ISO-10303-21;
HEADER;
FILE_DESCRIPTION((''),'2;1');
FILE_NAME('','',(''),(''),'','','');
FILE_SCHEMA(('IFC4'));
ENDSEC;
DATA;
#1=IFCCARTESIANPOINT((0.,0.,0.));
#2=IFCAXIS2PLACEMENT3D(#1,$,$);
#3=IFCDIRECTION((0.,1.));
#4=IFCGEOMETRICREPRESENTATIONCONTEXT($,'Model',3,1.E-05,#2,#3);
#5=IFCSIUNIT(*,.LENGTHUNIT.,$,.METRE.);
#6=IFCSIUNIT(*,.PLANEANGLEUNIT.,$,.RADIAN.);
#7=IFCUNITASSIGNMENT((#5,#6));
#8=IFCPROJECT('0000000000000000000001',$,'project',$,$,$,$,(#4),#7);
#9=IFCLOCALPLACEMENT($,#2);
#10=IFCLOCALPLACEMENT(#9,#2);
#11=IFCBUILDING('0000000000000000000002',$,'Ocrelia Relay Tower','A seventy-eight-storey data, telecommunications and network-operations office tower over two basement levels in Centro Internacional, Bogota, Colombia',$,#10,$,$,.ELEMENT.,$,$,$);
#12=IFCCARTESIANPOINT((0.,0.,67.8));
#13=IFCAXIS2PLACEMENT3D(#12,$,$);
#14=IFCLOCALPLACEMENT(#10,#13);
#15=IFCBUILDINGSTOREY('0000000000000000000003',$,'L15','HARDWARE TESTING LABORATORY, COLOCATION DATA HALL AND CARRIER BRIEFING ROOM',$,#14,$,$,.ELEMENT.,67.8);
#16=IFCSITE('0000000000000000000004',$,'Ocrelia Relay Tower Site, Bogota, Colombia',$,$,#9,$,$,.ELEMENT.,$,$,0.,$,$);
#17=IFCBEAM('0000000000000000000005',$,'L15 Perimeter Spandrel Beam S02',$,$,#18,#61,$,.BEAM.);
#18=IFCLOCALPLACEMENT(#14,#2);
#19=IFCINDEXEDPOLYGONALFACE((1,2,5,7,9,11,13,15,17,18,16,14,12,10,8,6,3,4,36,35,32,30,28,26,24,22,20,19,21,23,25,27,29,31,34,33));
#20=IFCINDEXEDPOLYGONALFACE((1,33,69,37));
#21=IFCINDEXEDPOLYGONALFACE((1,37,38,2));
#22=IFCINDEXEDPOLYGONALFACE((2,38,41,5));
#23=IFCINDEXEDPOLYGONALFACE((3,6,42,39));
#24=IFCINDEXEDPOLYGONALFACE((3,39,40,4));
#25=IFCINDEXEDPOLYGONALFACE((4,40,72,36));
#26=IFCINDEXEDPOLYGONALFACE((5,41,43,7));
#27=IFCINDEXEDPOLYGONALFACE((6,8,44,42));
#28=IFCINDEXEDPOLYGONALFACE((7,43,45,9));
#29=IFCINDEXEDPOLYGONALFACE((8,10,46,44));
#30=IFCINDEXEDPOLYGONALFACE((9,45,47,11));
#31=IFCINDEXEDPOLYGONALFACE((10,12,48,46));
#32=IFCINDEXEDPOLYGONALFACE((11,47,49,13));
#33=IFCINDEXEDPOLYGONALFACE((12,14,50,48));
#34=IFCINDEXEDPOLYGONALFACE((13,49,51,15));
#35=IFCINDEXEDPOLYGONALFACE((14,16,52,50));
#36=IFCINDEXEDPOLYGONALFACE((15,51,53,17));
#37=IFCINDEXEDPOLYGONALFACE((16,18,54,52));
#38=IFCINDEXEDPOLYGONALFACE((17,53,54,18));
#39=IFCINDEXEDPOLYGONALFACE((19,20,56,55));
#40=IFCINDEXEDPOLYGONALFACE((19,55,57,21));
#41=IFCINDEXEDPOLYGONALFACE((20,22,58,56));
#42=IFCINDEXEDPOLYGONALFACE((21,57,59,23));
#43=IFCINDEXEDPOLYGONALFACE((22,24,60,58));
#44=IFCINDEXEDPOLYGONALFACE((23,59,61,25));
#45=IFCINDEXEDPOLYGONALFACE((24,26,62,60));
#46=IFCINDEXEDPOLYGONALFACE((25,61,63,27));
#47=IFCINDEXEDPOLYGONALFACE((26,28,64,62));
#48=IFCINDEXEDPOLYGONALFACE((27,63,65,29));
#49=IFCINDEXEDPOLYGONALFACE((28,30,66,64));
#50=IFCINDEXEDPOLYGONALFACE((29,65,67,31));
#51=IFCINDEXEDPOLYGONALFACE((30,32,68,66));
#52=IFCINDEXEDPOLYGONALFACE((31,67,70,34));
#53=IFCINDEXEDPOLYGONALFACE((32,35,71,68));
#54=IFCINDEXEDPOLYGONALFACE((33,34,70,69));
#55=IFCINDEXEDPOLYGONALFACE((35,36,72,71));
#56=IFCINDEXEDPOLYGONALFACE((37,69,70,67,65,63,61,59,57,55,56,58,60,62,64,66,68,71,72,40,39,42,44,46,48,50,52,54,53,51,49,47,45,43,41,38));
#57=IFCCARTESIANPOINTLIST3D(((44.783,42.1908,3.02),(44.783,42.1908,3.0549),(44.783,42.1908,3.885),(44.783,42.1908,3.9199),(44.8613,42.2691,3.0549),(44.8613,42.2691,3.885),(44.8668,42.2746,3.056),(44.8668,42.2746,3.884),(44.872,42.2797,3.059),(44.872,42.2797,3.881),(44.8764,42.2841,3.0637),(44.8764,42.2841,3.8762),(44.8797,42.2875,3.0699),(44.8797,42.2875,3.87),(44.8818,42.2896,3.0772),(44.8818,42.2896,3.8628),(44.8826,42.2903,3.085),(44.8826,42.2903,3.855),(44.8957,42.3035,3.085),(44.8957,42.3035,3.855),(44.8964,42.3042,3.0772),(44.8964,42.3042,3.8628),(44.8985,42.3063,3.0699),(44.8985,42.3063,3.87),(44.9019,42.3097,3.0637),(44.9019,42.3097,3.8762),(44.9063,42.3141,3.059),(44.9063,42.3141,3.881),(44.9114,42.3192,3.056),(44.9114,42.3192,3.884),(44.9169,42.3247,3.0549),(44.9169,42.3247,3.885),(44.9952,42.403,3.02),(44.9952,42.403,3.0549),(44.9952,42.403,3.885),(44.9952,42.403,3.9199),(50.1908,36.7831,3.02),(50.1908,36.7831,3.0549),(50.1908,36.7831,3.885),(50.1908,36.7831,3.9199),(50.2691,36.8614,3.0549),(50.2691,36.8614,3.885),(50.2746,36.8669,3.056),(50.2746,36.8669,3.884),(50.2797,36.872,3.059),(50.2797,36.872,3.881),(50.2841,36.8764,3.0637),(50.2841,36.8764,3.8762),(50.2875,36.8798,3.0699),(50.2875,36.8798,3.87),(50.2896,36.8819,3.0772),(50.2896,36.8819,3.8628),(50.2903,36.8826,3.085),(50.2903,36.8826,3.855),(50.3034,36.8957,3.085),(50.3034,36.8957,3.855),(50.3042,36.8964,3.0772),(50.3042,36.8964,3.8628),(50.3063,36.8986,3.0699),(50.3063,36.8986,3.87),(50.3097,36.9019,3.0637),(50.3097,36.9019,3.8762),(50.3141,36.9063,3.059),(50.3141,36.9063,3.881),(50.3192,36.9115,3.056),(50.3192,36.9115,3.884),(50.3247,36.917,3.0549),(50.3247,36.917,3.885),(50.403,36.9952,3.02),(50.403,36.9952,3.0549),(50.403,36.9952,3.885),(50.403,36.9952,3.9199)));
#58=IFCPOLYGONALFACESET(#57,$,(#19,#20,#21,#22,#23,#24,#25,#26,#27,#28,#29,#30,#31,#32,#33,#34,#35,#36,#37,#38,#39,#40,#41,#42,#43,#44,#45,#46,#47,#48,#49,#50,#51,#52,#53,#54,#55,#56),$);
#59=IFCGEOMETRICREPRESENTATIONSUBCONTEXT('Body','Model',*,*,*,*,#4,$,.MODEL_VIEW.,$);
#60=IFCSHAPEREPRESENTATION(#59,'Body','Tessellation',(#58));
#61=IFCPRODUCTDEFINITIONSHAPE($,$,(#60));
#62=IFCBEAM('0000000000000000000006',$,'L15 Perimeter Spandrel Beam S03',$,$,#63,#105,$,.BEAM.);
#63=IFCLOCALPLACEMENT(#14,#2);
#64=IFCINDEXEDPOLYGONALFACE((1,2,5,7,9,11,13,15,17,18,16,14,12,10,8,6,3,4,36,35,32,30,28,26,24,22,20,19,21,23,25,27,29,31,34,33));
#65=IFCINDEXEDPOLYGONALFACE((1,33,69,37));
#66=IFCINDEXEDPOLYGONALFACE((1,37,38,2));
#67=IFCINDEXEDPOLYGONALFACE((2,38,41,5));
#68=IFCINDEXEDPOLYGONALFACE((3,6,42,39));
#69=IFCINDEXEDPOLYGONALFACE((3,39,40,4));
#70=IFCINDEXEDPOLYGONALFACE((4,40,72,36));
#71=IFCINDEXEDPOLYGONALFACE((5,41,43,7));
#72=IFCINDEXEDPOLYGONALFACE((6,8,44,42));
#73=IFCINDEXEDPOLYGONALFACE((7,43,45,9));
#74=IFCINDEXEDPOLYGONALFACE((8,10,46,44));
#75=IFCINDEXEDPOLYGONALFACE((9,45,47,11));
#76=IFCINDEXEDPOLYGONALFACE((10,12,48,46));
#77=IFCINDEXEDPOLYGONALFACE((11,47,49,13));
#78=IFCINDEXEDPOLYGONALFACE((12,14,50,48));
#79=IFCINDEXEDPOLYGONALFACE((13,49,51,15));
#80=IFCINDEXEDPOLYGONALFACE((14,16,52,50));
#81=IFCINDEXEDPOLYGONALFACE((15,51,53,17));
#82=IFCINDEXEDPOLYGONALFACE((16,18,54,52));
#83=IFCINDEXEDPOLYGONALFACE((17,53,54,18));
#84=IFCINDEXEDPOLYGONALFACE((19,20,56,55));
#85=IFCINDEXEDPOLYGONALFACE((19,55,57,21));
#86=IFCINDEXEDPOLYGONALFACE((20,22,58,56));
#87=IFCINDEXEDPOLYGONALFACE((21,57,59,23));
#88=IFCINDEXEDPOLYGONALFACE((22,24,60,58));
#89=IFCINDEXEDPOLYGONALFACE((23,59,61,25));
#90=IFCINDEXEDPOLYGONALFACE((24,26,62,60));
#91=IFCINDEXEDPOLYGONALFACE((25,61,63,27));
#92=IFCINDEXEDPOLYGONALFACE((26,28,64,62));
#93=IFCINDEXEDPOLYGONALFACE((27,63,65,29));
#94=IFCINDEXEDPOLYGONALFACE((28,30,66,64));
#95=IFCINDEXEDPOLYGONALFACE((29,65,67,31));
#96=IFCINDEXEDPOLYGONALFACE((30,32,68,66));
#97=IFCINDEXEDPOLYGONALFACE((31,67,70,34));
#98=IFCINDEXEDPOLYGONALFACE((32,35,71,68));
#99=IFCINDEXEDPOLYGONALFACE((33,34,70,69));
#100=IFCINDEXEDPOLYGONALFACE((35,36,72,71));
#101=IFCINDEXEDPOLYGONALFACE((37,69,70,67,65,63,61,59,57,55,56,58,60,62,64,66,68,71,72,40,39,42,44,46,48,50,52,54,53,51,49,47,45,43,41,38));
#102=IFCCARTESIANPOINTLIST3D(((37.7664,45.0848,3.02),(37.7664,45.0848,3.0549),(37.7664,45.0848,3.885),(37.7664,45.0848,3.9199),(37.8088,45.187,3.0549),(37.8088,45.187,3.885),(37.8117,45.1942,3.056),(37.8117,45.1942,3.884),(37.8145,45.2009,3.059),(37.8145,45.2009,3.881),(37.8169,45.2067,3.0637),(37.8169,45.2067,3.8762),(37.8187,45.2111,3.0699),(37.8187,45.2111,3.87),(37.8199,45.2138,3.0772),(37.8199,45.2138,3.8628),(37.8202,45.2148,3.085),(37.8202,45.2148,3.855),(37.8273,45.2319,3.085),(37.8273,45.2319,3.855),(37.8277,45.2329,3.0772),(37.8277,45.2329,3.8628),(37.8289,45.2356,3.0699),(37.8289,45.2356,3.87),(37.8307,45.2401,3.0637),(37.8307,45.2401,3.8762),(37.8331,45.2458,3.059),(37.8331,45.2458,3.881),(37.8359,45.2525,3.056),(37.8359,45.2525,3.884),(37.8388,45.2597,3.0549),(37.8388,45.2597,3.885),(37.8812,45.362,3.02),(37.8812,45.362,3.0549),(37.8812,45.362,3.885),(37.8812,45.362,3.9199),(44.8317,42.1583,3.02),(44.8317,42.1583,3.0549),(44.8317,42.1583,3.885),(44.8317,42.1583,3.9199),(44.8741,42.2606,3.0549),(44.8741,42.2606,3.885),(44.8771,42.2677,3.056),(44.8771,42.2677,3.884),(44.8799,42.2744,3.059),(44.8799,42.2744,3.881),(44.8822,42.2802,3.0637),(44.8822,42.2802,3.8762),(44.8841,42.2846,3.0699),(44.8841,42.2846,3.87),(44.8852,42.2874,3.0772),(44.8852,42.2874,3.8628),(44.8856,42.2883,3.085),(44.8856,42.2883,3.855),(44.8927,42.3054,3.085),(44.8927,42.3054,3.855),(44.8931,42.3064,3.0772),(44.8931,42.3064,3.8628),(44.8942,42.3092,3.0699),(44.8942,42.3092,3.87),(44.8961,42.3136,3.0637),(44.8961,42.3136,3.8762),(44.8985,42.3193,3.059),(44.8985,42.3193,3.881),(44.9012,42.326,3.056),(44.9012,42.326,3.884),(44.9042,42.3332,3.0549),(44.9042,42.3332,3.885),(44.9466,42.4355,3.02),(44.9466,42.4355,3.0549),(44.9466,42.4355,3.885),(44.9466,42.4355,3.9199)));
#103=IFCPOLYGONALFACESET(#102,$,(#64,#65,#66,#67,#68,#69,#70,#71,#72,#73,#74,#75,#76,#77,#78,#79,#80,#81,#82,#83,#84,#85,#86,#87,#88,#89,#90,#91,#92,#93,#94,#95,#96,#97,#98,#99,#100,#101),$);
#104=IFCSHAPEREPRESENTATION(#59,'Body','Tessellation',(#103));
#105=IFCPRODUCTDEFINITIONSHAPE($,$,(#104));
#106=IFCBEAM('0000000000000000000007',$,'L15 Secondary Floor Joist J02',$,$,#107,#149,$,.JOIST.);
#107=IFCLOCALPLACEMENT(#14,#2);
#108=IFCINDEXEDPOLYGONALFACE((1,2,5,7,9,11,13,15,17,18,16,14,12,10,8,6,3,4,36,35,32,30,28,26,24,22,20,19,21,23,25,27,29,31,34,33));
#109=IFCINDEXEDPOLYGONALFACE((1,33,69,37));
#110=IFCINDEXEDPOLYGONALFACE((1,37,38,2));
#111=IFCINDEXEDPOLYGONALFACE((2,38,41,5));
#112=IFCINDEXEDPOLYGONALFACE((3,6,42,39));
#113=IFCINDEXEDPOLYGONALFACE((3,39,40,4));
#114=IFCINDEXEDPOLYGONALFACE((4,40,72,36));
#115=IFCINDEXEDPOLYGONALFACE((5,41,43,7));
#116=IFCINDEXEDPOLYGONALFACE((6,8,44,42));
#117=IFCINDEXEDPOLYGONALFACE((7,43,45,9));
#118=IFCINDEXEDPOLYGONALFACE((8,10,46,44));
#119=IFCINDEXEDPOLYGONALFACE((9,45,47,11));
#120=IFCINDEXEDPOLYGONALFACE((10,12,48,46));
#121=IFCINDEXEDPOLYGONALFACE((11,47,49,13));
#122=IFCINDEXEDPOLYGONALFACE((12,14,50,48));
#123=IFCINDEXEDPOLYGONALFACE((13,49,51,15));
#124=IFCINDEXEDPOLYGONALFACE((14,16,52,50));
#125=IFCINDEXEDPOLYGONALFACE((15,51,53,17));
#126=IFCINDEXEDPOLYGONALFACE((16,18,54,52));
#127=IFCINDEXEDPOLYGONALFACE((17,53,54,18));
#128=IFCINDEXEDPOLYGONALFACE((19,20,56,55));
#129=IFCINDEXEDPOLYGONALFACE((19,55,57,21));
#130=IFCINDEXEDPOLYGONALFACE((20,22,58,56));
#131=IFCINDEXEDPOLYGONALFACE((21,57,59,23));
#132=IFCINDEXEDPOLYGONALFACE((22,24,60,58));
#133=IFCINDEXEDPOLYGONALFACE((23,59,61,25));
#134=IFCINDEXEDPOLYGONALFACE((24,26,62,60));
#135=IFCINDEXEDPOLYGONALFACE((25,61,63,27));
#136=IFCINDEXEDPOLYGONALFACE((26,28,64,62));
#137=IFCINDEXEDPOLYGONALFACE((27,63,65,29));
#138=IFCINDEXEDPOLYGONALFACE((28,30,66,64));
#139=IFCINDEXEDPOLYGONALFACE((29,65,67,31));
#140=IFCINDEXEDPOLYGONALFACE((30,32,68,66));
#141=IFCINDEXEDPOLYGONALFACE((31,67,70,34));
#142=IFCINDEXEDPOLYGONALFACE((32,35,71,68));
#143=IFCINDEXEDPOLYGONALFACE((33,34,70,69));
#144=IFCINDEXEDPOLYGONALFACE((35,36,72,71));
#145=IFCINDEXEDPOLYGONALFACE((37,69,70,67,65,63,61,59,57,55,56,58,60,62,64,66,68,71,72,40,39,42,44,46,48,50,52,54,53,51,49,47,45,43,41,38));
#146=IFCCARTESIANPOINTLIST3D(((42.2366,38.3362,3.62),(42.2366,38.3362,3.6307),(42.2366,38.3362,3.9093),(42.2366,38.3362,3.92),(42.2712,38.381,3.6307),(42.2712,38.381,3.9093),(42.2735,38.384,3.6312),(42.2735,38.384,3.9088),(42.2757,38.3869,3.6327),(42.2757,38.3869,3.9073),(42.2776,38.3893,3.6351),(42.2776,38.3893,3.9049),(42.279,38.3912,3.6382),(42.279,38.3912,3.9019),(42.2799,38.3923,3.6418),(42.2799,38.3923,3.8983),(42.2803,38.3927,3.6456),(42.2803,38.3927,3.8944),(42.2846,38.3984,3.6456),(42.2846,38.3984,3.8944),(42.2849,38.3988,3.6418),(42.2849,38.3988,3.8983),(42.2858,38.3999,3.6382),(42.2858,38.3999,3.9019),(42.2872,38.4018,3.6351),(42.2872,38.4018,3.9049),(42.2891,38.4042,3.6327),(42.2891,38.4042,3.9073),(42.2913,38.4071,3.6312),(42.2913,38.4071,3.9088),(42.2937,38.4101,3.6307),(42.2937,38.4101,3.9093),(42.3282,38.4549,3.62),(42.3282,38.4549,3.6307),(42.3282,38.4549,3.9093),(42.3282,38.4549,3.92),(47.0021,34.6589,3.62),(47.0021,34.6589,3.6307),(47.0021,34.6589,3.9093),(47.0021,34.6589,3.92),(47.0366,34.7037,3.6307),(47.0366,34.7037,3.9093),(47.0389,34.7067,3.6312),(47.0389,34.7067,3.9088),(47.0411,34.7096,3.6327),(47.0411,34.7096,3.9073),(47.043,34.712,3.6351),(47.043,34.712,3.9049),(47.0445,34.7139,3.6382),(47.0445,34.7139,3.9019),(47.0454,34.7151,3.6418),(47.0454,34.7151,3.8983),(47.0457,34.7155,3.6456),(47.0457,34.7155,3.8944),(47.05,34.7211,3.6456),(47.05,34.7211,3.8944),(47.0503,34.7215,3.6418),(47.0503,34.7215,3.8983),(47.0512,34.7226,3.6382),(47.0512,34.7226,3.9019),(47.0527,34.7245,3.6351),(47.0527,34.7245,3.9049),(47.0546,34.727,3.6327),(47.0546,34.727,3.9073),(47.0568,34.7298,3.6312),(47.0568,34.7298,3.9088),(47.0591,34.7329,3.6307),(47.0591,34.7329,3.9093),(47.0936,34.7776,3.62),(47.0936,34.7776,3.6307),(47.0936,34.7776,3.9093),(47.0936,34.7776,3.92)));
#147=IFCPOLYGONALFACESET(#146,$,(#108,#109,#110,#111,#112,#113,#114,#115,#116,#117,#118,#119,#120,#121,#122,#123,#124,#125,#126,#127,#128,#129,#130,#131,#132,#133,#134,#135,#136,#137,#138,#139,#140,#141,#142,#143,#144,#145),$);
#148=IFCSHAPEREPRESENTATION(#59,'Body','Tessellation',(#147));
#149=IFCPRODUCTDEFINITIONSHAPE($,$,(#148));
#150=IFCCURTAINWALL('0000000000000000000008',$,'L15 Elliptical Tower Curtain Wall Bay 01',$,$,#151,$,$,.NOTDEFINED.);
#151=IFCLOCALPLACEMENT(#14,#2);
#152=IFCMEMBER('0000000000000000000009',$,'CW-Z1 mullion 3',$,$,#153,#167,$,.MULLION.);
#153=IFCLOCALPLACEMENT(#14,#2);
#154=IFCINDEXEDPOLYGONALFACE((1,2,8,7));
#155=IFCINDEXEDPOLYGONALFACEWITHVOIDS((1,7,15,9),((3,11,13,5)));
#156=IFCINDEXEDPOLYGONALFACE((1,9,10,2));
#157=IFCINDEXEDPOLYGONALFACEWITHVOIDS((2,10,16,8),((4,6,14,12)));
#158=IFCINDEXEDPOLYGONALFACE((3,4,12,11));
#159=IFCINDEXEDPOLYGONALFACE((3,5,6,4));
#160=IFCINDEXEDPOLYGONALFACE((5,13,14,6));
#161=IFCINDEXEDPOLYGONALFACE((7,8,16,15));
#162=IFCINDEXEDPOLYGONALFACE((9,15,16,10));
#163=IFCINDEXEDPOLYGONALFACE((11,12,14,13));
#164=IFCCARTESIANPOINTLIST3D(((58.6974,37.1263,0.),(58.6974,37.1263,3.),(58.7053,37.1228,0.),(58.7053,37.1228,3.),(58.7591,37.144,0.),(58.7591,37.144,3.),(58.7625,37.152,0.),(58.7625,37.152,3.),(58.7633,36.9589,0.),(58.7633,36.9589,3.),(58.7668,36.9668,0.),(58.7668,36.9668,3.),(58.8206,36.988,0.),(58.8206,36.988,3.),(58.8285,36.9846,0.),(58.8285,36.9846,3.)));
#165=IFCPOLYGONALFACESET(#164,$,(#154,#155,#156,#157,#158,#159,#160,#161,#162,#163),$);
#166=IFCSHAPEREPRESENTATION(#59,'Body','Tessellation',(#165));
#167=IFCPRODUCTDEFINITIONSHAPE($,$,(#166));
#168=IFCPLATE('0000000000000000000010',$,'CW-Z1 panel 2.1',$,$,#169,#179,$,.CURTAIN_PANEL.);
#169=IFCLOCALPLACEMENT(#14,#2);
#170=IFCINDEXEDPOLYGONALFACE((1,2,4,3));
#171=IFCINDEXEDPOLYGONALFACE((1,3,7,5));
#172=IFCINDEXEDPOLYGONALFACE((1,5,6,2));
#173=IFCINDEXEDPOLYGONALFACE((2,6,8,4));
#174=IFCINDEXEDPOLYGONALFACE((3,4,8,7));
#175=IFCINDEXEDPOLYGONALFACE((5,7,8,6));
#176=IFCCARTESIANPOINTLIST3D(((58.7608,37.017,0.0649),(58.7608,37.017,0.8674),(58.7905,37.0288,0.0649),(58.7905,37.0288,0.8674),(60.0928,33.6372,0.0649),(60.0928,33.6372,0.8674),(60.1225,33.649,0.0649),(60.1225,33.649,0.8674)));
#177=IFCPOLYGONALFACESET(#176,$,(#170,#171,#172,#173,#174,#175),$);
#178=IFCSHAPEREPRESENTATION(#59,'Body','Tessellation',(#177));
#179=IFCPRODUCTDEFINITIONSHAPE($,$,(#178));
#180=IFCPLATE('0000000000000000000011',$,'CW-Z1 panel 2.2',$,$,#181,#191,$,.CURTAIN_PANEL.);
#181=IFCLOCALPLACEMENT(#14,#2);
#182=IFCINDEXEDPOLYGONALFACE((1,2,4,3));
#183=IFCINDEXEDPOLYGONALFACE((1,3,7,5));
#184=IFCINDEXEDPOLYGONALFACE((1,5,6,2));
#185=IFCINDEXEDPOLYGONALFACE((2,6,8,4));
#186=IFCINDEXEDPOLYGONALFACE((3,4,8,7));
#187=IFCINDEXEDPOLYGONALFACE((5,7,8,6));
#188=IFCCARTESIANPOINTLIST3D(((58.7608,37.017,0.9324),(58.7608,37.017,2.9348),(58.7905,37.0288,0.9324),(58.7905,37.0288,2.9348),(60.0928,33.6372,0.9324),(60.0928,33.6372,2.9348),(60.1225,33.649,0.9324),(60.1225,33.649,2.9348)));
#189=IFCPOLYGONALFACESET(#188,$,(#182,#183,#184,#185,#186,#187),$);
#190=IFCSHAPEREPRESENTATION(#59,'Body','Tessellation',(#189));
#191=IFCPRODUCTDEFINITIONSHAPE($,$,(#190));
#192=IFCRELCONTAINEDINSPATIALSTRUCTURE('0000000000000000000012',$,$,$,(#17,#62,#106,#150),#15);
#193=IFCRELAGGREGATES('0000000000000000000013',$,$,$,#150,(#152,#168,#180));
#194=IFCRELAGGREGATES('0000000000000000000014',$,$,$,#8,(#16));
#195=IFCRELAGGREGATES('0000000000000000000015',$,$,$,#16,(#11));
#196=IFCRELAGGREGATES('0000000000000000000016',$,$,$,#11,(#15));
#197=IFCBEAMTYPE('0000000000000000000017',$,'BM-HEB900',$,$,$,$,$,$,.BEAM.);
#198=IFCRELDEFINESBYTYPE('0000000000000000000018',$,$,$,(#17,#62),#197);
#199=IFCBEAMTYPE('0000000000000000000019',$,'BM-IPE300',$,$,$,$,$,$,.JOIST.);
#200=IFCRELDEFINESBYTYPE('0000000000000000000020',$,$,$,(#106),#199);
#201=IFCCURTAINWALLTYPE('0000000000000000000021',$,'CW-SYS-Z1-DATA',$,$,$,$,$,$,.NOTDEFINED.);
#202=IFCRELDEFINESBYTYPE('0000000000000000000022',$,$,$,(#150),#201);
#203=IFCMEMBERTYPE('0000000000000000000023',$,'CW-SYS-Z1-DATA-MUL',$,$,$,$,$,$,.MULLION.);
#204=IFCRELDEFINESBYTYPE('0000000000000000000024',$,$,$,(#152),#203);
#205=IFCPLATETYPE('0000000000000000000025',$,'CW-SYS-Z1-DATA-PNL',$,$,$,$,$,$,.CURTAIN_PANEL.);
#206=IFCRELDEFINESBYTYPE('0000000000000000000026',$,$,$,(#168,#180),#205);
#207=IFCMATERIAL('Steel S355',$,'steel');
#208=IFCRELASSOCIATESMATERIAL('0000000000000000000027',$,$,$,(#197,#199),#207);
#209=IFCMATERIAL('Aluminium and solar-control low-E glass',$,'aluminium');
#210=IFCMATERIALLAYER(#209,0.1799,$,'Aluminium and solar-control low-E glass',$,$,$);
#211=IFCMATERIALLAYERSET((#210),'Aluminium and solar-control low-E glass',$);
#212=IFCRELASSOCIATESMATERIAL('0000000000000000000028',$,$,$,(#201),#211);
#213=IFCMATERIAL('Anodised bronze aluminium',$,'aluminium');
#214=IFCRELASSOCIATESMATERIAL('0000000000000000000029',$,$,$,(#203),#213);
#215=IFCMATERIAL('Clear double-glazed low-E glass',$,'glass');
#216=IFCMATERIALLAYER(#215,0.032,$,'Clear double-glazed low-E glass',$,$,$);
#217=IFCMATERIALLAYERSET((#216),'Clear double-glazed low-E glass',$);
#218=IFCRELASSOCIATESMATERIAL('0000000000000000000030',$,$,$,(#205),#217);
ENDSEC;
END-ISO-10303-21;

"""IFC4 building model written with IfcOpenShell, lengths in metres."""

from ifc_helpers import new_model, si_unit, direction, frame, origin, origin_2d, place, context, subcontext, project, spatial, rectangle, hollow_rectangle, i_section, extrude, material, layer, layer_set, material_profile, profile_set, type_object, element, aggregate, save


model = new_model("IFC4")

# Units and contexts
model_context = context("Model", 3, precision=1e-05, world=origin(), true_north=direction((0.0, 1.0)))
body_context = subcontext(model_context, "Body", "Model", "MODEL_VIEW")
ifc_project = project(units=[si_unit("LENGTHUNIT", "METRE"), si_unit("PLANEANGLEUNIT", "RADIAN")], contexts=[model_context])

# Site, building, storey
site_placement = place(None, origin())
site = spatial("IfcSite", under=ifc_project, at=site_placement, Name="Ocrelia Relay Tower Site, Bogota, Colombia", CompositionType="ELEMENT", RefElevation=0.0)
building_placement = place(site_placement, origin())
building = spatial("IfcBuilding", under=site, at=building_placement, Name="Ocrelia Relay Tower", Description="A seventy-eight-storey data, telecommunications and network-operations office tower over two basement levels in Centro Internacional, Bogota, Colombia", CompositionType="ELEMENT")
storey_placement = place(building_placement, frame((0.0, 0.0, 67.8)))
storey = spatial("IfcBuildingStorey", under=building, at=storey_placement, Name="L15", Description="HARDWARE TESTING LABORATORY, COLOCATION DATA HALL AND CARRIER BRIEFING ROOM", CompositionType="ELEMENT", Elevation=67.8)

# Beams
ifc_material_1 = material(Name="Steel S355", Category="steel")
ifc_material_profile_1 = material_profile(ifc_material_1, i_section(OverallWidth=0.3, OverallDepth=0.8999, WebThickness=0.0186, FlangeThickness=0.0349, FilletRadius=0.03, at=origin_2d()), Name="HEB 900")
ifc_profile_set_1 = profile_set([ifc_material_profile_1], Name="Steel S355")
beam_type_1 = type_object("IfcBeamType", Name="BM-HEB900", PredefinedType="BEAM", material=ifc_profile_set_1)
beam_1_placement = place(storey_placement, frame((50.2969, 36.8892, 3.47), z_axis=(-0.707107, 0.707107, 0.0), x_axis=(-0.707107, -0.707107, 0.0)))
element("IfcBeam", 1, at=beam_1_placement, inside=storey, type_object=beam_type_1, Name="L15 Perimeter Spandrel Beam S02", PredefinedType="BEAM", context=body_context, shape_type="SweptSolid", body=[
    extrude(i_section(OverallWidth=0.3, OverallDepth=0.8999, WebThickness=0.0186, FlangeThickness=0.0349, FilletRadius=0.03, at=origin_2d()), origin(), (0.0, 0.0, 1.0), 7.6477),
])
beam_2_placement = place(storey_placement, frame((44.8892, 42.2969, 3.47), z_axis=(-0.923883, 0.382674, 0.0), x_axis=(-0.382674, -0.923883, 0.0)))
element("IfcBeam", 2, at=beam_2_placement, inside=storey, type_object=beam_type_1, Name="L15 Perimeter Spandrel Beam S03", PredefinedType="BEAM", context=body_context, shape_type="SweptSolid", body=[
    extrude(i_section(OverallWidth=0.3, OverallDepth=0.8999, WebThickness=0.0186, FlangeThickness=0.0349, FilletRadius=0.03, at=origin_2d()), origin(), (0.0, 0.0, 1.0), 7.6475),
])
ifc_material_profile_2 = material_profile(ifc_material_1, i_section(OverallWidth=0.1499, OverallDepth=0.3, WebThickness=0.0071, FlangeThickness=0.0107, FilletRadius=0.0149, at=origin_2d()), Name="IPE 300")
ifc_profile_set_2 = profile_set([ifc_material_profile_2], Name="Steel S355")
beam_type_2 = type_object("IfcBeamType", Name="BM-IPE300", PredefinedType="JOIST", material=ifc_profile_set_2)
beam_3_placement = place(storey_placement, frame((47.0479, 34.7183, 3.77), z_axis=(-0.791694, 0.610918, 0.0), x_axis=(-0.610918, -0.791694, 0.0)))
element("IfcBeam", 3, at=beam_3_placement, inside=storey, type_object=beam_type_2, Name="L15 Secondary Floor Joist J02", PredefinedType="JOIST", context=body_context, shape_type="SweptSolid", body=[
    extrude(i_section(OverallWidth=0.1499, OverallDepth=0.3, WebThickness=0.0071, FlangeThickness=0.0107, FilletRadius=0.0149, at=origin_2d()), origin(), (0.0, 0.0, 1.0), 6.0193),
])

# Curtain wall, member, plates
ifc_material_2 = material(Name="Aluminium and solar-control low-E glass", Category="aluminium")
ifc_layer_1 = layer(ifc_material_2, 0.1799, Name="Aluminium and solar-control low-E glass")
ifc_layer_set_1 = layer_set([ifc_layer_1], Name="Aluminium and solar-control low-E glass")
curtain_wall_type = type_object("IfcCurtainWallType", Name="CW-SYS-Z1-DATA", PredefinedType="NOTDEFINED", material=ifc_layer_set_1)
curtain_wall_placement = place(storey_placement, origin())
curtain_wall = element("IfcCurtainWall", 4, at=curtain_wall_placement, inside=storey, type_object=curtain_wall_type, Name="L15 Elliptical Tower Curtain Wall Bay 01", PredefinedType="NOTDEFINED")
ifc_material_3 = material(Name="Anodised bronze aluminium", Category="aluminium")
ifc_material_profile_3 = material_profile(ifc_material_3, hollow_rectangle(XDim=0.0701, YDim=0.1799, WallThickness=0.0061, at=origin_2d()), Name="CW-MUL-180x70")
ifc_profile_set_3 = profile_set([ifc_material_profile_3], Name="Anodised bronze aluminium")
member_type = type_object("IfcMemberType", Name="CW-SYS-Z1-DATA-MUL", PredefinedType="MULLION", material=ifc_profile_set_3)
member_placement = place(storey_placement, frame((58.7629, 37.0554, 0.0), z_axis=(0.0, 0.0, 1.0), x_axis=(-0.930352, -0.366667, 0.0)))
member = element("IfcMember", 5, at=member_placement, type_object=member_type, Name="CW-Z1 mullion 3", PredefinedType="MULLION", context=body_context, shape_type="SweptSolid", body=[
    extrude(hollow_rectangle(XDim=0.0701, YDim=0.1799, WallThickness=0.0061, at=origin_2d()), origin(), (0.0, 0.0, 1.0), 3.0),
])
ifc_material_4 = material(Name="Clear double-glazed low-E glass", Category="glass")
ifc_layer_2 = layer(ifc_material_4, 0.032, Name="Clear double-glazed low-E glass")
ifc_layer_set_2 = layer_set([ifc_layer_2], Name="Clear double-glazed low-E glass")
plate_type = type_object("IfcPlateType", Name="CW-SYS-Z1-DATA-PNL", PredefinedType="CURTAIN_PANEL", material=ifc_layer_set_2)
plate_1_placement = place(storey_placement, frame((59.4417, 35.333, 0.0649), z_axis=(0.0, 0.0, 1.0), x_axis=(-0.366667, 0.930352, 0.0)))
plate_1 = element("IfcPlate", 6, at=plate_1_placement, type_object=plate_type, Name="CW-Z1 panel 2.1", PredefinedType="CURTAIN_PANEL", context=body_context, shape_type="SweptSolid", body=[
    extrude(rectangle(XDim=3.6328, YDim=0.032, at=origin_2d()), origin(), (0.0, 0.0, 1.0), 0.8025),
])
plate_2_placement = place(storey_placement, frame((59.4417, 35.333, 0.9324), z_axis=(0.0, 0.0, 1.0), x_axis=(-0.366667, 0.930352, 0.0)))
plate_2 = element("IfcPlate", 7, at=plate_2_placement, type_object=plate_type, Name="CW-Z1 panel 2.2", PredefinedType="CURTAIN_PANEL", context=body_context, shape_type="SweptSolid", body=[
    extrude(rectangle(XDim=3.6328, YDim=0.032, at=origin_2d()), origin(), (0.0, 0.0, 1.0), 2.0024),
])
aggregate(curtain_wall, [member, plate_1, plate_2])

save(model, "model.ifc")
